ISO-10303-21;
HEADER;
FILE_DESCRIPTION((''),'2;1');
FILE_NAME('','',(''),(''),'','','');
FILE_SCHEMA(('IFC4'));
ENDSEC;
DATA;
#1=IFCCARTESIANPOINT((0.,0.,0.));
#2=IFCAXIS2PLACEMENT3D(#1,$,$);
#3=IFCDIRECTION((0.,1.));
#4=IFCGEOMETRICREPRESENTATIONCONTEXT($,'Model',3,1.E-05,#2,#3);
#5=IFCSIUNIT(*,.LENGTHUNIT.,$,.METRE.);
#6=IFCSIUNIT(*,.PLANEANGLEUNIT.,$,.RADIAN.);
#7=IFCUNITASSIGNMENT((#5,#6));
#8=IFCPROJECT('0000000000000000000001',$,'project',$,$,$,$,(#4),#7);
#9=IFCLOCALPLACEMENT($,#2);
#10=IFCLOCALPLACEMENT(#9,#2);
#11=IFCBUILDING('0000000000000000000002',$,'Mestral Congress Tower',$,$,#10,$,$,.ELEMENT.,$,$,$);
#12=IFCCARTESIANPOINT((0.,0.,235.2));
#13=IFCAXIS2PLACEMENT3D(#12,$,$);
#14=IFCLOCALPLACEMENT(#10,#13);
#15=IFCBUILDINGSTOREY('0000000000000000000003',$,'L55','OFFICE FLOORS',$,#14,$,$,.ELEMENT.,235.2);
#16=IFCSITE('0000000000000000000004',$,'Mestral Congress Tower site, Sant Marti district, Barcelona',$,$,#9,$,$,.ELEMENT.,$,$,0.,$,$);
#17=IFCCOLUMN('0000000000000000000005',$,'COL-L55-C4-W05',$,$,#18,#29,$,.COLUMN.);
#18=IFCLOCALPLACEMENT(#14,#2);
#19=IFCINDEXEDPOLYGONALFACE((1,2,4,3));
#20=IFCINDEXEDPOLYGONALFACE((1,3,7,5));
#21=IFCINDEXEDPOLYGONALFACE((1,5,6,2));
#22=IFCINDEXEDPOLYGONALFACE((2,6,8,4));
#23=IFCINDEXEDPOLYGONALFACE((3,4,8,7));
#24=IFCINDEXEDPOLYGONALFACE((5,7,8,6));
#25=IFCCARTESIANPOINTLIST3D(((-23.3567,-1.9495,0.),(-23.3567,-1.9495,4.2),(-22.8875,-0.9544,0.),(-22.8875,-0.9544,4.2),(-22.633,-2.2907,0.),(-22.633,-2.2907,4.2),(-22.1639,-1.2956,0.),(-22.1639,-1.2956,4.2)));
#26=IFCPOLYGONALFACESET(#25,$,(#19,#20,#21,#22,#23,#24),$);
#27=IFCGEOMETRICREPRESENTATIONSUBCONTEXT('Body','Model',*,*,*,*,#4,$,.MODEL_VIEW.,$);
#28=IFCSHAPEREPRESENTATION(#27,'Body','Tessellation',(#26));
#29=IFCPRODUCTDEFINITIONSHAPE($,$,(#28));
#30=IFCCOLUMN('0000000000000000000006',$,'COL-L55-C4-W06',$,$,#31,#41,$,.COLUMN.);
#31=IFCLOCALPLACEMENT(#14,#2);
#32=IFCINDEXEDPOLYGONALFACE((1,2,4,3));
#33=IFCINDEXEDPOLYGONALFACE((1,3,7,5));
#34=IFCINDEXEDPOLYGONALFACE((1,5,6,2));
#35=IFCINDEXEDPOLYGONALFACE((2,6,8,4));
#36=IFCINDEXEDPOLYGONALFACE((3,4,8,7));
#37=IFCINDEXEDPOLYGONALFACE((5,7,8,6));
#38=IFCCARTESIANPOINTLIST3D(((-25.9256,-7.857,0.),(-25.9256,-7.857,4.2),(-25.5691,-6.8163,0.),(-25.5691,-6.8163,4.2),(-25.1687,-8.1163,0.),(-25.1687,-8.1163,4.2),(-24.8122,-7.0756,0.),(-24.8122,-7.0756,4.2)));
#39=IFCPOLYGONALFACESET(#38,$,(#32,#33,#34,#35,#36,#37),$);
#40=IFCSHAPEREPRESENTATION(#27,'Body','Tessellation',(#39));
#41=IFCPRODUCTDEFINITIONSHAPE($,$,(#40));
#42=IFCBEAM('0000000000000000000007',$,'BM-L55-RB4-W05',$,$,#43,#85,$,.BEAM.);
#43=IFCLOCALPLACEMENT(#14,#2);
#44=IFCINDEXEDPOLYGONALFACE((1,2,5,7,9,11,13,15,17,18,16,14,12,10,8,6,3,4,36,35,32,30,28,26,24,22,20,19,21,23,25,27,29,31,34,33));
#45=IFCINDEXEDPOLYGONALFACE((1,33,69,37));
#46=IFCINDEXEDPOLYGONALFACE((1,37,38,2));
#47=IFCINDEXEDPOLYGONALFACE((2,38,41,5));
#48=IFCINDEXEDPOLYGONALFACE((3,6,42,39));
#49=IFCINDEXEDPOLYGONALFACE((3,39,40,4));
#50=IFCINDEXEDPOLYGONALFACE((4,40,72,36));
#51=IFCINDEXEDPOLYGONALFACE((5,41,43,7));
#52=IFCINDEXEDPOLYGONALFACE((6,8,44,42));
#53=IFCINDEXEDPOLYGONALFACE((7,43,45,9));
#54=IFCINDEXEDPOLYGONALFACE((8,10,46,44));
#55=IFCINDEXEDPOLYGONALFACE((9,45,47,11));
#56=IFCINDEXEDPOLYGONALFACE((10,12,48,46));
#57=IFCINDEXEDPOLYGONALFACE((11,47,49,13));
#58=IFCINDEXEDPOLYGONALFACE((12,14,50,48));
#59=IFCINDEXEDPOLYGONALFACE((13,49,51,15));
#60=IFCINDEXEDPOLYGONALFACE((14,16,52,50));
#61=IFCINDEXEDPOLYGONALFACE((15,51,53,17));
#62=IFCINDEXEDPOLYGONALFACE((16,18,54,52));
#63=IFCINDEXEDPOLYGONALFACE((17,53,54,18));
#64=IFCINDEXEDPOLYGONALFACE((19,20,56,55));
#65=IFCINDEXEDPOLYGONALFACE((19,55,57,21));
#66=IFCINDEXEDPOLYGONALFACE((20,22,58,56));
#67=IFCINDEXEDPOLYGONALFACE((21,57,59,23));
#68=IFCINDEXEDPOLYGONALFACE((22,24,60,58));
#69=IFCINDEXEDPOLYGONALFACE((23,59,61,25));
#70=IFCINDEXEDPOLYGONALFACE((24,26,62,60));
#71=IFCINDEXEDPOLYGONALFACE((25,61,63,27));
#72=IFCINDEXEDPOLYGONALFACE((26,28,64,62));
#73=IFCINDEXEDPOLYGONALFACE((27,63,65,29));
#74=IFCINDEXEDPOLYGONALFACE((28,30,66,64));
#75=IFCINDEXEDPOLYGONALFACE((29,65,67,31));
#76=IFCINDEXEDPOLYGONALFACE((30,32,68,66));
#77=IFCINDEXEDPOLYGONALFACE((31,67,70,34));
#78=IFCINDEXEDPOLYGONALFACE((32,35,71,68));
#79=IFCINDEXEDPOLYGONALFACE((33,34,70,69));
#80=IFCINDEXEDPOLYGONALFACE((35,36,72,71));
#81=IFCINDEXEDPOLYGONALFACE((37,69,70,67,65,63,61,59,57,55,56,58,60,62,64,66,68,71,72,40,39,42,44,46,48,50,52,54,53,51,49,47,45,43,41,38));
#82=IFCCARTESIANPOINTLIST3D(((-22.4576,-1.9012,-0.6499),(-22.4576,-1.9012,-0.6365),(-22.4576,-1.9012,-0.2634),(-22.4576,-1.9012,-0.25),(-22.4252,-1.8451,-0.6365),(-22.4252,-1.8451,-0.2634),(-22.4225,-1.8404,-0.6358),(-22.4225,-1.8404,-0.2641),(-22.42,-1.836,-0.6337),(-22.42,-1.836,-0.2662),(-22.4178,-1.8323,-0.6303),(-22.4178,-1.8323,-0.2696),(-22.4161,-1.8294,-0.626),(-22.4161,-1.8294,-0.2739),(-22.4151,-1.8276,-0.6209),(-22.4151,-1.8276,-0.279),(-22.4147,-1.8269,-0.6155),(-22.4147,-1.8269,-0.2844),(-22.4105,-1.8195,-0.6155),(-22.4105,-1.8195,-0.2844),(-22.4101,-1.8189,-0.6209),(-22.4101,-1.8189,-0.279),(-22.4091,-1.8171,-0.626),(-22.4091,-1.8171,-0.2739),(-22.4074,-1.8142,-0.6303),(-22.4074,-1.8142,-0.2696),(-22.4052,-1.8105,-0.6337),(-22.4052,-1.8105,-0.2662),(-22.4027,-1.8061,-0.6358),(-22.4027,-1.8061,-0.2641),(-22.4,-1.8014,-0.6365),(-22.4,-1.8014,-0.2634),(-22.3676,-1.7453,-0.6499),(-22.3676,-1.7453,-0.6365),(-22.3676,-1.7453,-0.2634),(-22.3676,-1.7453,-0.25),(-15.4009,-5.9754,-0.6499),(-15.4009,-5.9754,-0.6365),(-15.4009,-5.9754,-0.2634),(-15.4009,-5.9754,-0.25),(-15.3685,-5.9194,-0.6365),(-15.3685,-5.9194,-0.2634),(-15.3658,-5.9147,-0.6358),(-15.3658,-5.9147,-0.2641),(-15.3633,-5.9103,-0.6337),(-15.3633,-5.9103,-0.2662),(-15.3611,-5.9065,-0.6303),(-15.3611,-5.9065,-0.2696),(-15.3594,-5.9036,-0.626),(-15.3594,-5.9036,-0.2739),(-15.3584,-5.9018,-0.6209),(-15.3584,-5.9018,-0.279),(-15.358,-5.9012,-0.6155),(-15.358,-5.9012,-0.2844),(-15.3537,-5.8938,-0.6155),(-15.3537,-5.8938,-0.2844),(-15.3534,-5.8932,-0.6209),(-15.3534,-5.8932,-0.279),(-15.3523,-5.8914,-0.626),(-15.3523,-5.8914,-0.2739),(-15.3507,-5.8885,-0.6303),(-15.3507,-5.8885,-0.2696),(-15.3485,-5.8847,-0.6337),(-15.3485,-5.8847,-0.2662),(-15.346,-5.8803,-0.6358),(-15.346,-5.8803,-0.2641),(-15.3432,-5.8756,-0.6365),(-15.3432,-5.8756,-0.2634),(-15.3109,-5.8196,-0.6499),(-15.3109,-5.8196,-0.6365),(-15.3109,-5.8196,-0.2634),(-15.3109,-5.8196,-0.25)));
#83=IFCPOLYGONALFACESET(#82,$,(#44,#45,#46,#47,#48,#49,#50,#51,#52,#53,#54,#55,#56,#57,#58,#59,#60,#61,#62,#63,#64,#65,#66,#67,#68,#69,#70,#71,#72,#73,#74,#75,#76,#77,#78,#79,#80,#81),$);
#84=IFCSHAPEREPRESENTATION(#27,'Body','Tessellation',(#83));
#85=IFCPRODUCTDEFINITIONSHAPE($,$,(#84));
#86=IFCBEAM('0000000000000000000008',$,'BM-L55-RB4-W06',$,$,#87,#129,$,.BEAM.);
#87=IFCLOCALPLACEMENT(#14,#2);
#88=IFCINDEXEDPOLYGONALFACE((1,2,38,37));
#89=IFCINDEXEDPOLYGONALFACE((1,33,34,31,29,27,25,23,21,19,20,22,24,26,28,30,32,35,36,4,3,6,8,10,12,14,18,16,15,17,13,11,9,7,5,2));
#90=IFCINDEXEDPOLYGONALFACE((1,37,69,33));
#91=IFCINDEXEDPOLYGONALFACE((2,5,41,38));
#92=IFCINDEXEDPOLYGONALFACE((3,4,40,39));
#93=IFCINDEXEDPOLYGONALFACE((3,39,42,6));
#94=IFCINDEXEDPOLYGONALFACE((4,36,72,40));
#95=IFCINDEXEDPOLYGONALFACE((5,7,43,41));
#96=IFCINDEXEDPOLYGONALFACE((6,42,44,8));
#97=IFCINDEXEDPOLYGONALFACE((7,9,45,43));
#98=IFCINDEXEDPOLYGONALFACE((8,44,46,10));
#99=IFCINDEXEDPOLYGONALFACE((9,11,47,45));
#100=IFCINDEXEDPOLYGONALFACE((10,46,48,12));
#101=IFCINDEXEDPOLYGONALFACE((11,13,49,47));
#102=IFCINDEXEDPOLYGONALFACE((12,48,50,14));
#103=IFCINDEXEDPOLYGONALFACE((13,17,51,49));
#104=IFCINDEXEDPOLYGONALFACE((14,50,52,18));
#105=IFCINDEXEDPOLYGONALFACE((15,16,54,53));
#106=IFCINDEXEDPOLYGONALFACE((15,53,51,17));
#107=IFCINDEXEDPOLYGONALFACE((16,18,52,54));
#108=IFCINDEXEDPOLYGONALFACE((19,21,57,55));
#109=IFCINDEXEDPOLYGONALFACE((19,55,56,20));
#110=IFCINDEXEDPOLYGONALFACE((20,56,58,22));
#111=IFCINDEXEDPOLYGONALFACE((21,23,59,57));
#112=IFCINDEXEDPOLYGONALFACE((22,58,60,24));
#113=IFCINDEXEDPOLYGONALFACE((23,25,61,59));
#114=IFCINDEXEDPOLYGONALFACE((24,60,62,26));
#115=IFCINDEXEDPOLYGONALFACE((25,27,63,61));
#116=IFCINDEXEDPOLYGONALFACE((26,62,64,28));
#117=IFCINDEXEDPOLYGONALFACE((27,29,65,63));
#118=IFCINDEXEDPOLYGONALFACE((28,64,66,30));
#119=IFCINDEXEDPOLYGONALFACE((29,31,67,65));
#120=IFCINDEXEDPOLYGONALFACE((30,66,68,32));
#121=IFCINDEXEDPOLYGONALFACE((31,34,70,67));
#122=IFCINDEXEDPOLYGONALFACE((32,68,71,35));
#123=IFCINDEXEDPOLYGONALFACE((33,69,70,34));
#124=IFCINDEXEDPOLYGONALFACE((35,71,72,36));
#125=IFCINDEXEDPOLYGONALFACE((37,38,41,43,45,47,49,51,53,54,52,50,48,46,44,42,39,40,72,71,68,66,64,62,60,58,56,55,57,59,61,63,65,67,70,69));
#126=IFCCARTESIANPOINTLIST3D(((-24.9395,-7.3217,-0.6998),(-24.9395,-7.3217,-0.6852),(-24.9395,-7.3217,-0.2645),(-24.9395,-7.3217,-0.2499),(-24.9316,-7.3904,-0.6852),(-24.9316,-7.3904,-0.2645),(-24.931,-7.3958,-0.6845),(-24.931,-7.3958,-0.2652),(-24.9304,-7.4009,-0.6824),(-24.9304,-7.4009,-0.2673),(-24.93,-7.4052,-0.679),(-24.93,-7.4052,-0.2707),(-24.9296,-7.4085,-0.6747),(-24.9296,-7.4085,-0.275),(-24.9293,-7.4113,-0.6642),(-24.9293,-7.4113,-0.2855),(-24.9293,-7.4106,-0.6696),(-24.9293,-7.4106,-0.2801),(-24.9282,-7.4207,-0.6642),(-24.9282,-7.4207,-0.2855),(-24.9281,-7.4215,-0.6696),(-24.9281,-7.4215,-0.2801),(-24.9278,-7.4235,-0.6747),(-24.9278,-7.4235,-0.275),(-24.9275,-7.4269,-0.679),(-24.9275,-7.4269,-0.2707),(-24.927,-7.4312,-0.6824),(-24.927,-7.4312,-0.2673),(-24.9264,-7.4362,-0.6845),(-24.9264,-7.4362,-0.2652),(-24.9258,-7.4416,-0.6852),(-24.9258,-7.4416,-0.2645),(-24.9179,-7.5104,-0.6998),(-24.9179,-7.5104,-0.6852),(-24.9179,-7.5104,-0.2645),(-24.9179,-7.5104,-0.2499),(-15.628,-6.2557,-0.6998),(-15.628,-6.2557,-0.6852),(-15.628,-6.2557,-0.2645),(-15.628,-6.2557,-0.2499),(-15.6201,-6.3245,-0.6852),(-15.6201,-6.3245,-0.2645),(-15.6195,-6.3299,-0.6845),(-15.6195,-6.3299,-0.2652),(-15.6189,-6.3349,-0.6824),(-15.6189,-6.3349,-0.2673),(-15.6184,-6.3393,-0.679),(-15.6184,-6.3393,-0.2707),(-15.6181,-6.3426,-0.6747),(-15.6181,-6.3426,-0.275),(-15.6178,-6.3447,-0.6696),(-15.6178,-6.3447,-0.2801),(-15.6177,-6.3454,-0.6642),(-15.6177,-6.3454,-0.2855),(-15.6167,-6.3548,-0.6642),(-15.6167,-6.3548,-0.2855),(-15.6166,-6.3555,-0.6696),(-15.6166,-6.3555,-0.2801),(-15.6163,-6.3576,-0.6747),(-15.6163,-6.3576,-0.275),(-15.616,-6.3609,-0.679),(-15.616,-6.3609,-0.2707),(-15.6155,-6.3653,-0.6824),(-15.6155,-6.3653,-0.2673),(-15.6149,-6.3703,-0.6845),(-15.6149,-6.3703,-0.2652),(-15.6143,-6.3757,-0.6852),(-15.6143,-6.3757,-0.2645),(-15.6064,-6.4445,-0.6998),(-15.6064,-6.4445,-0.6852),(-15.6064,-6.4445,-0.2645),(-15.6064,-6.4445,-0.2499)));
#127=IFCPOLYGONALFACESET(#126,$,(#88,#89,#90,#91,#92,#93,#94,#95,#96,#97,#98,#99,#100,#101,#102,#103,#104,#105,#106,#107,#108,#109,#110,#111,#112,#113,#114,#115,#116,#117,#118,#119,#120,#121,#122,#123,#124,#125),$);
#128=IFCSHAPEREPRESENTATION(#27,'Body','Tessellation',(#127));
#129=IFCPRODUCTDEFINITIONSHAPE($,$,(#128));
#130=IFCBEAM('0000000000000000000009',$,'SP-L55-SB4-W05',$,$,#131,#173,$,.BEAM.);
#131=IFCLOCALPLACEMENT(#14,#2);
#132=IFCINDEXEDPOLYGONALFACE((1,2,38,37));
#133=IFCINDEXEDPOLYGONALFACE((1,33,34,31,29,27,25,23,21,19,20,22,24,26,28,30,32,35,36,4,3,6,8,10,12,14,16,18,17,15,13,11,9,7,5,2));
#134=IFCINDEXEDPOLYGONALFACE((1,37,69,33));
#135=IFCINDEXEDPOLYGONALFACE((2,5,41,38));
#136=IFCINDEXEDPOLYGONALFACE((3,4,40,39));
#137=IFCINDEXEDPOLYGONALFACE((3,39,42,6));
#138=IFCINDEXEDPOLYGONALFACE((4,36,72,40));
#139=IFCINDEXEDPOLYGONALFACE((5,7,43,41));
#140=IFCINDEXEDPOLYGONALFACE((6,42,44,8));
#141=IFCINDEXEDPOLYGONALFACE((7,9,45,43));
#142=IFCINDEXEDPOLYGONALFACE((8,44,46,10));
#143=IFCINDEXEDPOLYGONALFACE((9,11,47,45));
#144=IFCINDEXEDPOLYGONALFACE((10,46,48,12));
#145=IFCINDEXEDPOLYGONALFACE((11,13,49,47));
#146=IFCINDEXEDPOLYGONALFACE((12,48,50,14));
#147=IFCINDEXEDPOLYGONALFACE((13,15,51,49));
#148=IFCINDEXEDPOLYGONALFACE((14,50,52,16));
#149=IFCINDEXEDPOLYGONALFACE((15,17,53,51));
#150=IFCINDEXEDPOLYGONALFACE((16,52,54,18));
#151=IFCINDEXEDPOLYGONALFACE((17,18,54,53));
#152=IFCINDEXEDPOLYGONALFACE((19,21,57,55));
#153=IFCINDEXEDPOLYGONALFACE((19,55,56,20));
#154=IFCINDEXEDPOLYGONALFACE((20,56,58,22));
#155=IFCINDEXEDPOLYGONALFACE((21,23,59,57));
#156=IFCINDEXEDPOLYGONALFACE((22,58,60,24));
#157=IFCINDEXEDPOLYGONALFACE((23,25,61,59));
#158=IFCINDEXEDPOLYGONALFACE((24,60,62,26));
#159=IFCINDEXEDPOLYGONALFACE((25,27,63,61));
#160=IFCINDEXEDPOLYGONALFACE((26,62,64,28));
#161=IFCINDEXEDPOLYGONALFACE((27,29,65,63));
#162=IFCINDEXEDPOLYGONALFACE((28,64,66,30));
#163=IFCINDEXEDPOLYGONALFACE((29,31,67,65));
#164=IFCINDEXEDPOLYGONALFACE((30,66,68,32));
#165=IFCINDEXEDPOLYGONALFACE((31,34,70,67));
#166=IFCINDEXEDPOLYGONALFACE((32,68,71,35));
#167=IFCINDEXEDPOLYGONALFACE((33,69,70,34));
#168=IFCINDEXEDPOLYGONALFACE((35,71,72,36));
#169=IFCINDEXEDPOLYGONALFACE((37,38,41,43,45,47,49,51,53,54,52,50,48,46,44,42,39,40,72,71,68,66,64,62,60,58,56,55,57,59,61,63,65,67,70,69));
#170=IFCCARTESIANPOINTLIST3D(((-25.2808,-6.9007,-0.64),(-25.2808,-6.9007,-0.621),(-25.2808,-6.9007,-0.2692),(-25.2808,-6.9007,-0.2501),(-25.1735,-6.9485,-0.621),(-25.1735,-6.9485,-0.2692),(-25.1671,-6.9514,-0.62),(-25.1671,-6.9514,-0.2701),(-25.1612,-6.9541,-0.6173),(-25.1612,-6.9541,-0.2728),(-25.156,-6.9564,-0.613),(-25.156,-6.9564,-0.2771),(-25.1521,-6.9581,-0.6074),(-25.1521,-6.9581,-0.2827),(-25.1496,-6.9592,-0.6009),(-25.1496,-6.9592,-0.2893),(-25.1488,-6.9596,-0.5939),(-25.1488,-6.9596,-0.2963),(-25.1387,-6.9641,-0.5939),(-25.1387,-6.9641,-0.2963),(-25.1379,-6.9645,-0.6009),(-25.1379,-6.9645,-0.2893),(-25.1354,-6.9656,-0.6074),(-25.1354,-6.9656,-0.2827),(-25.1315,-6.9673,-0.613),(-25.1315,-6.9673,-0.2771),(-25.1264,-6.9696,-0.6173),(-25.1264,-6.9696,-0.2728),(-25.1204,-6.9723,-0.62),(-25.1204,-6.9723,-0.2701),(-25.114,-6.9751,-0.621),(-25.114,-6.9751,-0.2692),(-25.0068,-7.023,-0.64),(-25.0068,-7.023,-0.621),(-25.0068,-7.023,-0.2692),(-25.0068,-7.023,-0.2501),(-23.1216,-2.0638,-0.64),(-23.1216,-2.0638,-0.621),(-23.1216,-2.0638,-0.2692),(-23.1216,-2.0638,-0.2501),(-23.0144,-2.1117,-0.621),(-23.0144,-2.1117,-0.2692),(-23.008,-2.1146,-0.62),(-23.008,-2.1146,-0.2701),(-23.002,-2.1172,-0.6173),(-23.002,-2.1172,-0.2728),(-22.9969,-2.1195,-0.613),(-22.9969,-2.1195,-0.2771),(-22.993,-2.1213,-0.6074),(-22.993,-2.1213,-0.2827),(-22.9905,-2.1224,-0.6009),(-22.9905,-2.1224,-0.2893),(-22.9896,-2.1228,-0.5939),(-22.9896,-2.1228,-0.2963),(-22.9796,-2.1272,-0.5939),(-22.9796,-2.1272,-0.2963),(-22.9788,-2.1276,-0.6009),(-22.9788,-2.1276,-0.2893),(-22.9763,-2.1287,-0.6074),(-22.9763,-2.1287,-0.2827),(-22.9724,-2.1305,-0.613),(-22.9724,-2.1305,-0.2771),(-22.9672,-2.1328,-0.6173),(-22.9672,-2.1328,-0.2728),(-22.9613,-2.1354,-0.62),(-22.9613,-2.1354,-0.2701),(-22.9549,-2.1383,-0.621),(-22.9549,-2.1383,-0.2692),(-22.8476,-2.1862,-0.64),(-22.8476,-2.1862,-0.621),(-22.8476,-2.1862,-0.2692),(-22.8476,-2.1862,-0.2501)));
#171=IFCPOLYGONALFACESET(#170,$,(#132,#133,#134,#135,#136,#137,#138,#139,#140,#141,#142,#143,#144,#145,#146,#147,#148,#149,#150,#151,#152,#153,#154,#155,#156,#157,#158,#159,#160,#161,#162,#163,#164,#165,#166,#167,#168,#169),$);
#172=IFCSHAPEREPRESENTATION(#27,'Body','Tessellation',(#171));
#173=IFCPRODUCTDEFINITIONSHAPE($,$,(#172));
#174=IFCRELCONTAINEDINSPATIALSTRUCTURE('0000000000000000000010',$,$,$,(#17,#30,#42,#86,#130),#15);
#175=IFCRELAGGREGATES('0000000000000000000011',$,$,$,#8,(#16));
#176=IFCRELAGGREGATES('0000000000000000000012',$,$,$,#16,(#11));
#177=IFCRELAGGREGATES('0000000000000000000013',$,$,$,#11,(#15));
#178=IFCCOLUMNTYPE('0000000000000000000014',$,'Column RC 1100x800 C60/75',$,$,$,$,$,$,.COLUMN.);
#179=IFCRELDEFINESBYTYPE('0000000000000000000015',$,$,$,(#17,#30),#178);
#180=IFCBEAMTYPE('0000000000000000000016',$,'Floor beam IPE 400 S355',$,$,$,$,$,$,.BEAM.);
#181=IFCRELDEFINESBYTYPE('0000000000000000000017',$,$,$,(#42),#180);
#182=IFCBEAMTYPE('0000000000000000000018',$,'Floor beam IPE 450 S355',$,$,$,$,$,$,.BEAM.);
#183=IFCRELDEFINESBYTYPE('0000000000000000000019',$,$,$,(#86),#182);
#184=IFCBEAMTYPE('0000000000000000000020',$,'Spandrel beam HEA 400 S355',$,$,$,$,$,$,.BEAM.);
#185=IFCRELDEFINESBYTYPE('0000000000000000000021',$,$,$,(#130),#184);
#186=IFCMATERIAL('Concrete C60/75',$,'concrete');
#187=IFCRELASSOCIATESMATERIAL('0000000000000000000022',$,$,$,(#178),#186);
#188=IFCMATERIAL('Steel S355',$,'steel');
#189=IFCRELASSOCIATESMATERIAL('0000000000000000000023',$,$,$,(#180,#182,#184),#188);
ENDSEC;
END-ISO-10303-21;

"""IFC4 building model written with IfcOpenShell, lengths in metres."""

from ifc_helpers import new_model, si_unit, direction, frame, origin, origin_2d, place, context, subcontext, project, spatial, rectangle, i_section, extrude, material, material_profile, profile_set, type_object, element, save


model = new_model("IFC4")

# Units and contexts
model_context = context("Model", 3, precision=1e-05, world=origin(), true_north=direction((0.0, 1.0)))
body_context = subcontext(model_context, "Body", "Model", "MODEL_VIEW")
ifc_project = project(units=[si_unit("LENGTHUNIT", "METRE"), si_unit("PLANEANGLEUNIT", "RADIAN")], contexts=[model_context])

# Site, building, storey
site_placement = place(None, origin())
site = spatial("IfcSite", under=ifc_project, at=site_placement, Name="Mestral Congress Tower site, Sant Marti district, Barcelona", CompositionType="ELEMENT", RefElevation=0.0)
building_placement = place(site_placement, origin())
building = spatial("IfcBuilding", under=site, at=building_placement, Name="Mestral Congress Tower", CompositionType="ELEMENT")
storey_placement = place(building_placement, frame((0.0, 0.0, 235.2)))
storey = spatial("IfcBuildingStorey", under=building, at=storey_placement, Name="L55", Description="OFFICE FLOORS", CompositionType="ELEMENT", Elevation=235.2)

# Columns
ifc_material_1 = material(Name="Concrete C60/75", Category="concrete")
ifc_material_profile_1 = material_profile(ifc_material_1, rectangle(XDim=1.1001, YDim=0.8, at=origin_2d()), Name="RC 1100x800")
ifc_profile_set_1 = profile_set([ifc_material_profile_1], Name="Concrete C60/75")
column_type = type_object("IfcColumnType", Name="Column RC 1100x800 C60/75", PredefinedType="COLUMN", material=ifc_profile_set_1)
for number, where, z_axis, x_axis, name in (
    (1, (-22.7603, -1.6226, 0.0), (0.0, 0.0, 1.0), (-0.426472, -0.904501, 0.0), "COL-L55-C4-W05"),
    (2, (-25.3689, -7.4663, 0.0), (0.0, 0.0, 1.0), (-0.324074, -0.946032, 0.0), "COL-L55-C4-W06"),
):
    element("IfcColumn", number, at=place(storey_placement, frame(where, z_axis=z_axis, x_axis=x_axis)), inside=storey, type_object=column_type, Name=name, PredefinedType="COLUMN", context=body_context, shape_type="SweptSolid", body=[
        extrude(rectangle(XDim=1.1001, YDim=0.8, at=origin_2d()), origin(), (0.0, 0.0, 1.0), 4.2),
    ])

# Beams
ifc_material_2 = material(Name="Steel S355", Category="steel")
ifc_material_profile_2 = material_profile(ifc_material_2, i_section(OverallWidth=0.1799, OverallDepth=0.3999, WebThickness=0.0085, FlangeThickness=0.0134, FilletRadius=0.021, at=origin_2d()), Name="IPE 400")
ifc_profile_set_2 = profile_set([ifc_material_profile_2], Name="Steel S355")
beam_type_1 = type_object("IfcBeamType", Name="Floor beam IPE 400 S355", PredefinedType="BEAM", material=ifc_profile_set_2)
beam_1_placement = place(storey_placement, frame((-22.4126, -1.8232, -0.45), z_axis=(0.866022, -0.500006, 0.0), x_axis=(0.500006, 0.866022, 0.0)))
element("IfcBeam", 3, at=beam_1_placement, inside=storey, type_object=beam_type_1, Name="BM-L55-RB4-W05", PredefinedType="BEAM", context=body_context, shape_type="SweptSolid", body=[
    extrude(i_section(OverallWidth=0.1799, OverallDepth=0.3999, WebThickness=0.0085, FlangeThickness=0.0134, FilletRadius=0.021, at=origin_2d()), origin(), (0.0, 0.0, 1.0), 8.1484),
])
ifc_material_profile_3 = material_profile(ifc_material_2, i_section(OverallWidth=0.1899, OverallDepth=0.45, WebThickness=0.0095, FlangeThickness=0.0146, FilletRadius=0.021, at=origin_2d()), Name="IPE 450")
ifc_profile_set_3 = profile_set([ifc_material_profile_3], Name="Steel S355")
beam_type_2 = type_object("IfcBeamType", Name="Floor beam IPE 450 S355", PredefinedType="BEAM", material=ifc_profile_set_3)
beam_2_placement = place(storey_placement, frame((-24.9287, -7.416, -0.4749), z_axis=(0.993512, 0.11373, 0.0), x_axis=(-0.11373, 0.993512, 0.0)))
element("IfcBeam", 4, at=beam_2_placement, inside=storey, type_object=beam_type_2, Name="BM-L55-RB4-W06", PredefinedType="BEAM", context=body_context, shape_type="SweptSolid", body=[
    extrude(i_section(OverallWidth=0.1899, OverallDepth=0.45, WebThickness=0.0095, FlangeThickness=0.0146, FilletRadius=0.021, at=origin_2d()), origin(), (0.0, 0.0, 1.0), 9.3723),
])
ifc_material_profile_4 = material_profile(ifc_material_2, i_section(OverallWidth=0.3, OverallDepth=0.3899, WebThickness=0.011, FlangeThickness=0.019, FilletRadius=0.0271, at=origin_2d()), Name="HEA 400")
ifc_profile_set_4 = profile_set([ifc_material_profile_4], Name="Steel S355")
beam_type_3 = type_object("IfcBeamType", Name="Spandrel beam HEA 400 S355", PredefinedType="BEAM", material=ifc_profile_set_4)
beam_3_placement = place(storey_placement, frame((-22.9846, -2.125, -0.4451), z_axis=(-0.407626, -0.913149, 0.0), x_axis=(0.913149, -0.407626, 0.0)))
element("IfcBeam", 5, at=beam_3_placement, inside=storey, type_object=beam_type_3, Name="SP-L55-SB4-W05", PredefinedType="BEAM", context=body_context, shape_type="SweptSolid", body=[
    extrude(i_section(OverallWidth=0.3, OverallDepth=0.3899, WebThickness=0.011, FlangeThickness=0.019, FilletRadius=0.0271, at=origin_2d()), origin(), (0.0, 0.0, 1.0), 5.2969),
])

save(model, "model.ifc")
